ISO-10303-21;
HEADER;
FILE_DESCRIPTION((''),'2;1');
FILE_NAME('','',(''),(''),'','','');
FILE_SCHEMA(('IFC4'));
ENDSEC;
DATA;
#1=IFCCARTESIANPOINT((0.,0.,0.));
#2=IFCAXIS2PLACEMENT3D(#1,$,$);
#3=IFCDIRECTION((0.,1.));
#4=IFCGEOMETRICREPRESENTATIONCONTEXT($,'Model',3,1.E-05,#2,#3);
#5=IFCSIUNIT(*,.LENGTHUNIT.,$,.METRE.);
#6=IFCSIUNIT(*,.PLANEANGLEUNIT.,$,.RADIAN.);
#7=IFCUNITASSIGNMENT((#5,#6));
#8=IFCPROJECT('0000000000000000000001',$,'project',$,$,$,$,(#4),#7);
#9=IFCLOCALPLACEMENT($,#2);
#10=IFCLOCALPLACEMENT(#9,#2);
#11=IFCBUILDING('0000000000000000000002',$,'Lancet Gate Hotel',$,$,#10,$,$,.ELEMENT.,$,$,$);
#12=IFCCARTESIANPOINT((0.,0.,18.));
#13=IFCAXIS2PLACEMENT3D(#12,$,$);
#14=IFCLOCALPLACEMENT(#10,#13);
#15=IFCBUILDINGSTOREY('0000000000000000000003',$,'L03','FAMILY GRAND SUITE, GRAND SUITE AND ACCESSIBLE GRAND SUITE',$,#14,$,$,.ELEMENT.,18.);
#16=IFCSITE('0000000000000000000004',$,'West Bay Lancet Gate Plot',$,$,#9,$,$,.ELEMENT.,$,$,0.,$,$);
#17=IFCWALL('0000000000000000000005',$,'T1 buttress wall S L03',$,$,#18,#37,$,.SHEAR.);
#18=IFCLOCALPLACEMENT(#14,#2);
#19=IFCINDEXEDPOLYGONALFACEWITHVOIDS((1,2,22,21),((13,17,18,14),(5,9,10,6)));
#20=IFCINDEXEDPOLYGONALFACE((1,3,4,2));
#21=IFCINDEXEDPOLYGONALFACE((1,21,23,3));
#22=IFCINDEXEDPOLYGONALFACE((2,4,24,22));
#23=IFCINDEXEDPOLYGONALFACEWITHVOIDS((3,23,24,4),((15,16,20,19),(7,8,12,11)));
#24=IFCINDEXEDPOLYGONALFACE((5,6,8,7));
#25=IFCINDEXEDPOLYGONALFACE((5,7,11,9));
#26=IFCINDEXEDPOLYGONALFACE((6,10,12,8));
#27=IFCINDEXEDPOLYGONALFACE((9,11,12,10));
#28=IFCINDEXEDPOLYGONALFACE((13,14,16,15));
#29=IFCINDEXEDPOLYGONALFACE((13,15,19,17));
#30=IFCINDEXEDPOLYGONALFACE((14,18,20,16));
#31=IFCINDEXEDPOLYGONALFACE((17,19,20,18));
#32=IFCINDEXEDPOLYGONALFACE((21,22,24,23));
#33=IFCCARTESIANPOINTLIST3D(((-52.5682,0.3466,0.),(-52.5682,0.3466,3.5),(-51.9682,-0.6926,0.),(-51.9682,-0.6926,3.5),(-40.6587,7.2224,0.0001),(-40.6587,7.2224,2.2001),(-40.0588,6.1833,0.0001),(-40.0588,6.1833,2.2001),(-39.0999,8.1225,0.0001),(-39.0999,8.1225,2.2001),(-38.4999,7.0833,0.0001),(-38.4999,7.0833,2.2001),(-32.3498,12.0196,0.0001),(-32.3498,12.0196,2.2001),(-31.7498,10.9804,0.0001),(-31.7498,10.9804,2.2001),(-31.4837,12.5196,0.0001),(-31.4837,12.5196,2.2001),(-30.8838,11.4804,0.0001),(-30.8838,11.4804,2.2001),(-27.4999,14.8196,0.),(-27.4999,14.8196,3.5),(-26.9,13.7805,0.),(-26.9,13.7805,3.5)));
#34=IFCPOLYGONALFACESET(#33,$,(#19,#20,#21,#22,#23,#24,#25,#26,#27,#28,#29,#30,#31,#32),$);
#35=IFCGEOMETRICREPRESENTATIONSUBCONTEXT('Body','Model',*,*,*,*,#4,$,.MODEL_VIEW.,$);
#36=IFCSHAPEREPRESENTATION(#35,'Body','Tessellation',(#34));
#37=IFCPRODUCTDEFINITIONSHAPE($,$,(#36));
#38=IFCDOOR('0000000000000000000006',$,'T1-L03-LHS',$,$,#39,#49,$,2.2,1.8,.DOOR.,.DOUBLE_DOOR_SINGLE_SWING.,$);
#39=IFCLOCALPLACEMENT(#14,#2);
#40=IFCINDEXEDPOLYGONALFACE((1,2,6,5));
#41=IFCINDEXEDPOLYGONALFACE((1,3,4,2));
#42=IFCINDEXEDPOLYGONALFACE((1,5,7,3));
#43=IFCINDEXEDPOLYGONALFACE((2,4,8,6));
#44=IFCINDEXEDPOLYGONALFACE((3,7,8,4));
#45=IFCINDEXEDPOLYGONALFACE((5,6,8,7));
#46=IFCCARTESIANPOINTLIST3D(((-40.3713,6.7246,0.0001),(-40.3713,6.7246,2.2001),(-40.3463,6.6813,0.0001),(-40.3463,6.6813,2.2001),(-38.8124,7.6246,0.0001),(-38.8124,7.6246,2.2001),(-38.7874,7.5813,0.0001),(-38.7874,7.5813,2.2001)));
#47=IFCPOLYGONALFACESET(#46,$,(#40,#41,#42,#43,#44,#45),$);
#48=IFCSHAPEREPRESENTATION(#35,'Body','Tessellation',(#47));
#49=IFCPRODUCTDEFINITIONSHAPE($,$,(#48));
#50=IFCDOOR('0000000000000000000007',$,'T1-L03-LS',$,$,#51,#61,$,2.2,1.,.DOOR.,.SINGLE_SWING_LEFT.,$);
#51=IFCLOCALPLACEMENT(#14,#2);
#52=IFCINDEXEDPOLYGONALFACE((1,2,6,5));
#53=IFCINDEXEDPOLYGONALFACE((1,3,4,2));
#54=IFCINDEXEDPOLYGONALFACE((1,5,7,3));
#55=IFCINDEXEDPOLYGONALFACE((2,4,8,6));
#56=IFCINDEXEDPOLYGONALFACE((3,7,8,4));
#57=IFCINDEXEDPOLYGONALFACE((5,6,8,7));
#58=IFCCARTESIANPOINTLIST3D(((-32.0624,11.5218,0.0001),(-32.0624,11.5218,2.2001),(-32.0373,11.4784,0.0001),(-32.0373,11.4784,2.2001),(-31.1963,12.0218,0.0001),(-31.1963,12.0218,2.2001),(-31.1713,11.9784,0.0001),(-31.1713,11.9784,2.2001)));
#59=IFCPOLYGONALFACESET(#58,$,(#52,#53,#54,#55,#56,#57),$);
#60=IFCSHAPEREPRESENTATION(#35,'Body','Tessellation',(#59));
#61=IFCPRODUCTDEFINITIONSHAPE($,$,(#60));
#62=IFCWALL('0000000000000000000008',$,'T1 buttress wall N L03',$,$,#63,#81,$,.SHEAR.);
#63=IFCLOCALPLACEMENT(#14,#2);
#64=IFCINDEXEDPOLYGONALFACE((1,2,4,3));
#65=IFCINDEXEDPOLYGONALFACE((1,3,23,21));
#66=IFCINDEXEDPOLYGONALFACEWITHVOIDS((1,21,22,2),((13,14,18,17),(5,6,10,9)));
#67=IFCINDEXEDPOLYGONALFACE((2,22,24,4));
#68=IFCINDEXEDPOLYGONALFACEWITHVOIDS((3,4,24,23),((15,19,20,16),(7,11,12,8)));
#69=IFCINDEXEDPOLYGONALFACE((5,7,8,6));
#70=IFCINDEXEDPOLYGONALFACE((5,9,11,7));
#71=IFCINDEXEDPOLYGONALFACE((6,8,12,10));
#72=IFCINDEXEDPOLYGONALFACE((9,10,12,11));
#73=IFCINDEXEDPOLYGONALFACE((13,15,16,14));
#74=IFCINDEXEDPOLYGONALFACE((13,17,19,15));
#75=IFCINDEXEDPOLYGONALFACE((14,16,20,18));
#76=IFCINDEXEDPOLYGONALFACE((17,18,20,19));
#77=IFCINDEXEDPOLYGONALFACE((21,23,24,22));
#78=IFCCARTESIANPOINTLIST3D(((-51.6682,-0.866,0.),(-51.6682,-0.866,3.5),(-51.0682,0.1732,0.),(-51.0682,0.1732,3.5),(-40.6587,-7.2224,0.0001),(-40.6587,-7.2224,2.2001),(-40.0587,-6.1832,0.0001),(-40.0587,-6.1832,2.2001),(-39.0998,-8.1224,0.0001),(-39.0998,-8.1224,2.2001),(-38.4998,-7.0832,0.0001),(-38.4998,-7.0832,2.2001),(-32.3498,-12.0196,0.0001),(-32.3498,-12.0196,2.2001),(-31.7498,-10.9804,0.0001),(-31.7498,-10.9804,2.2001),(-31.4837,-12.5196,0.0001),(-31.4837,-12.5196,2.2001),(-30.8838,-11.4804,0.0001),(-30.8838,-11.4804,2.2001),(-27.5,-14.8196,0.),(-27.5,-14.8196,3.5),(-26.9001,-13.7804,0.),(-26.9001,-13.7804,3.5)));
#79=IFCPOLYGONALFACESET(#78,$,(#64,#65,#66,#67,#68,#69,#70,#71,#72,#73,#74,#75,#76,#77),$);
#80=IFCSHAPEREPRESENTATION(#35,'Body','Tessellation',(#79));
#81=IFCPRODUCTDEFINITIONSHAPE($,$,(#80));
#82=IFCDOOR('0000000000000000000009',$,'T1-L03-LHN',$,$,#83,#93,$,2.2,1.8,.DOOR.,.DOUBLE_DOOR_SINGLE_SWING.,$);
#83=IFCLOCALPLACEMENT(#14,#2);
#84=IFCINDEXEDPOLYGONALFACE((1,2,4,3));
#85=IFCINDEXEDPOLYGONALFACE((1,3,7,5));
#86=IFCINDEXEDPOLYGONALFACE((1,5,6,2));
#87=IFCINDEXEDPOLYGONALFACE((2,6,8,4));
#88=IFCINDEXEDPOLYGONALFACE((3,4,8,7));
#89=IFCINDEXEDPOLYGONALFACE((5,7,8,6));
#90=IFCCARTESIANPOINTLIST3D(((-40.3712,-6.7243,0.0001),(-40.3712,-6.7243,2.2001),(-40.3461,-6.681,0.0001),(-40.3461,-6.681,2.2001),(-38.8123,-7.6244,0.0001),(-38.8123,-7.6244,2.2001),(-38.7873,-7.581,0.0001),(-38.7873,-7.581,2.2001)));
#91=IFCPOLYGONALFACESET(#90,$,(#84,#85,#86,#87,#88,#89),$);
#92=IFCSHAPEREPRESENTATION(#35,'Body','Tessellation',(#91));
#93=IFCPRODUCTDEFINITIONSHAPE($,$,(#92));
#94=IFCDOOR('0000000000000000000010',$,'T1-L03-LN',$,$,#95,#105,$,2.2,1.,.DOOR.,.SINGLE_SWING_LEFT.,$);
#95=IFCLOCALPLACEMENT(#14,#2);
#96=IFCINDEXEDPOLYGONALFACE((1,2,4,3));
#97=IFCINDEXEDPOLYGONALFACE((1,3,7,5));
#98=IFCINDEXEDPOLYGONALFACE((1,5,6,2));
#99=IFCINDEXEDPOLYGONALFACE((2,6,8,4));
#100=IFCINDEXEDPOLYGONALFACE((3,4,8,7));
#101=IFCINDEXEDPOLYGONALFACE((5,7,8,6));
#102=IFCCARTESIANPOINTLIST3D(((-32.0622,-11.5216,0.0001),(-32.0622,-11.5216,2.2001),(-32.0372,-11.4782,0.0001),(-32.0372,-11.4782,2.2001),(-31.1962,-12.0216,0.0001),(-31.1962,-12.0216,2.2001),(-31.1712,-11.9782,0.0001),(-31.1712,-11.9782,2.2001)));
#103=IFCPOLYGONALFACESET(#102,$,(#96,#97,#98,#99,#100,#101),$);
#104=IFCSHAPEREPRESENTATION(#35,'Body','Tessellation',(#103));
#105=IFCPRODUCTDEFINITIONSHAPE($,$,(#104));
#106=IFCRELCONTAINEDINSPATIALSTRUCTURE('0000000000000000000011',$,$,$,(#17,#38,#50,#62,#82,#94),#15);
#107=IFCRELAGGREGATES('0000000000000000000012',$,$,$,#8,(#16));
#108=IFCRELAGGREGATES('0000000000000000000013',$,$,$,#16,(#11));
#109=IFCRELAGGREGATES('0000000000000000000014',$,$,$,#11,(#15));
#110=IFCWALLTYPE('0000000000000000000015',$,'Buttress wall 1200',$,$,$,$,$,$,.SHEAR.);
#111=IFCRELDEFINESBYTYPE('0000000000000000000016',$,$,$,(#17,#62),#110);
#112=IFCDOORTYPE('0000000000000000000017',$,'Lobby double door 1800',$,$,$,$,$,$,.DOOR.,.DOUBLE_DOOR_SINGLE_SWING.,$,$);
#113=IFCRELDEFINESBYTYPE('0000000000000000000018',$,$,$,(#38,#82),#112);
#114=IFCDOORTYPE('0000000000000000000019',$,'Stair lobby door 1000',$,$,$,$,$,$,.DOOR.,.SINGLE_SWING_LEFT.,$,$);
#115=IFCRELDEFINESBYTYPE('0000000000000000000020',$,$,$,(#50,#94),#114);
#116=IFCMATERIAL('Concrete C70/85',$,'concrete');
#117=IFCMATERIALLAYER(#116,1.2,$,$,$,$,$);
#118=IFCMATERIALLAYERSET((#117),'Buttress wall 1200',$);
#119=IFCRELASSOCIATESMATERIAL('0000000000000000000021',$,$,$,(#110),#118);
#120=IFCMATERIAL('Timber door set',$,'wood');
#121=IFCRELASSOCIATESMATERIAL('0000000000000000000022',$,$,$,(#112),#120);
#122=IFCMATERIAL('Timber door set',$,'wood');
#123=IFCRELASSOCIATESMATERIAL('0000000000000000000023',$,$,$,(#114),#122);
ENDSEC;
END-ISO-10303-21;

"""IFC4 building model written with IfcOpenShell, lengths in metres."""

from ifc_helpers import new_model, si_unit, direction, frame, frame_2d, origin, place, context, subcontext, project, spatial, rectangle, extrude, material, layer, layer_set, type_object, element, fill, save


model = new_model("IFC4")

# Units and contexts
model_context = context("Model", 3, precision=1e-05, world=origin(), true_north=direction((0.0, 1.0)))
body_context = subcontext(model_context, "Body", "Model", "MODEL_VIEW")
ifc_project = project(units=[si_unit("LENGTHUNIT", "METRE"), si_unit("PLANEANGLEUNIT", "RADIAN")], contexts=[model_context])

# Site, building, storey
site_placement = place(None, origin())
site = spatial("IfcSite", under=ifc_project, at=site_placement, Name="West Bay Lancet Gate Plot", CompositionType="ELEMENT", RefElevation=0.0)
building_placement = place(site_placement, origin())
building = spatial("IfcBuilding", under=site, at=building_placement, Name="Lancet Gate Hotel", CompositionType="ELEMENT")
storey_placement = place(building_placement, frame((0.0, 0.0, 18.0)))
storey = spatial("IfcBuildingStorey", under=building, at=storey_placement, Name="L03", Description="FAMILY GRAND SUITE, GRAND SUITE AND ACCESSIBLE GRAND SUITE", CompositionType="ELEMENT", Elevation=18.0)

# Walls, openings, doors
ifc_material_1 = material(Name="Concrete C70/85", Category="concrete")
ifc_layer_1 = layer(ifc_material_1, 1.2)
ifc_layer_set_1 = layer_set([ifc_layer_1], Name="Buttress wall 1200")
wall_type = type_object("IfcWallType", Name="Buttress wall 1200", PredefinedType="SHEAR", material=ifc_layer_set_1)
wall_1_placement = place(storey_placement, frame((-27.2, 14.3, 0.0), z_axis=(0.0, 0.0, 1.0), x_axis=(-0.866027, -0.499998, 0.0)))
wall_1 = element("IfcWall", 1, at=wall_1_placement, inside=storey, type_object=wall_type, Name="T1 buttress wall S L03", PredefinedType="SHEAR", context=body_context, shape_type="SweptSolid", body=[
    extrude(rectangle(XDim=28.9463, YDim=1.2, at=frame_2d((14.4731, 0.0))), origin(), (0.0, 0.0, 1.0), 3.5),
])
opening_1_placement = place(wall_1_placement, frame((4.6001, 0.0, 0.0)))
opening_1 = element("IfcOpeningElement", 2, at=opening_1_placement, cuts=wall_1, PredefinedType="OPENING", context=body_context, shape_type="SweptSolid", body=[
    extrude(rectangle(XDim=1.0, YDim=2.2, at=frame_2d((0.5, 1.1001))), frame((0.0, 0.6099, 0.0), z_axis=(0.0, -1.0, 0.0), x_axis=(1.0, 0.0, 0.0)), (0.0, 0.0, 1.0), 1.22),
])
opening_2_placement = place(wall_1_placement, frame((13.3945, 0.0, 0.0)))
opening_2 = element("IfcOpeningElement", 3, at=opening_2_placement, cuts=wall_1, PredefinedType="OPENING", context=body_context, shape_type="SweptSolid", body=[
    extrude(rectangle(XDim=1.8, YDim=2.2, at=frame_2d((0.8999, 1.1001))), frame((0.0, 0.6099, 0.0), z_axis=(0.0, -1.0, 0.0), x_axis=(1.0, 0.0, 0.0)), (0.0, 0.0, 1.0), 1.22),
])
ifc_material_2 = material(Name="Timber door set", Category="wood")
door_type_1 = type_object("IfcDoorType", Name="Lobby double door 1800", OperationType="DOUBLE_DOOR_SINGLE_SWING", PredefinedType="DOOR", material=ifc_material_2)
door_1_placement = place(opening_2_placement, origin())
door_1 = element("IfcDoor", 4, at=door_1_placement, inside=storey, type_object=door_type_1, Name="T1-L03-LHS", OperationType="DOUBLE_DOOR_SINGLE_SWING", OverallHeight=2.2, OverallWidth=1.8, PredefinedType="DOOR", context=body_context, shape_type="SweptSolid", body=[
    extrude(rectangle(XDim=1.8, YDim=2.2, at=frame_2d((0.8999, 1.1001))), frame((0.0, 0.0249, 0.0), z_axis=(0.0, -1.0, 0.0), x_axis=(1.0, 0.0, 0.0)), (0.0, 0.0, 1.0), 0.05),
])
fill(opening_2, door_1)
ifc_material_3 = material(Name="Timber door set", Category="wood")
door_type_2 = type_object("IfcDoorType", Name="Stair lobby door 1000", OperationType="SINGLE_SWING_LEFT", PredefinedType="DOOR", material=ifc_material_3)
door_2_placement = place(opening_1_placement, origin())
door_2 = element("IfcDoor", 5, at=door_2_placement, inside=storey, type_object=door_type_2, Name="T1-L03-LS", OperationType="SINGLE_SWING_LEFT", OverallHeight=2.2, OverallWidth=1.0, PredefinedType="DOOR", context=body_context, shape_type="SweptSolid", body=[
    extrude(rectangle(XDim=1.0, YDim=2.2, at=frame_2d((0.5, 1.1001))), frame((0.0, 0.0249, 0.0), z_axis=(0.0, -1.0, 0.0), x_axis=(1.0, 0.0, 0.0)), (0.0, 0.0, 1.0), 0.05),
])
fill(opening_1, door_2)
wall_2_placement = place(storey_placement, frame((-27.2, -14.3, 0.0), z_axis=(0.0, 0.0, 1.0), x_axis=(-0.866024, 0.500002, 0.0)))
wall_2 = element("IfcWall", 6, at=wall_2_placement, inside=storey, type_object=wall_type, Name="T1 buttress wall N L03", PredefinedType="SHEAR", context=body_context, shape_type="SweptSolid", body=[
    extrude(rectangle(XDim=27.907, YDim=1.2, at=frame_2d((13.9536, 0.0))), origin(), (0.0, 0.0, 1.0), 3.5),
])
opening_3_placement = place(wall_2_placement, frame((4.6001, 0.0, 0.0)))
opening_3 = element("IfcOpeningElement", 7, at=opening_3_placement, cuts=wall_2, PredefinedType="OPENING", context=body_context, shape_type="SweptSolid", body=[
    extrude(rectangle(XDim=1.0, YDim=2.2, at=frame_2d((0.5, 1.1001))), frame((0.0, 0.6099, 0.0), z_axis=(0.0, -1.0, 0.0), x_axis=(1.0, 0.0, 0.0)), (0.0, 0.0, 1.0), 1.22),
])
opening_4_placement = place(wall_2_placement, frame((13.3945, 0.0, 0.0)))
opening_4 = element("IfcOpeningElement", 8, at=opening_4_placement, cuts=wall_2, PredefinedType="OPENING", context=body_context, shape_type="SweptSolid", body=[
    extrude(rectangle(XDim=1.8, YDim=2.2, at=frame_2d((0.8999, 1.1001))), frame((0.0, 0.6099, 0.0), z_axis=(0.0, -1.0, 0.0), x_axis=(1.0, 0.0, 0.0)), (0.0, 0.0, 1.0), 1.22),
])
door_3_placement = place(opening_4_placement, origin())
door_3 = element("IfcDoor", 9, at=door_3_placement, inside=storey, type_object=door_type_1, Name="T1-L03-LHN", OperationType="DOUBLE_DOOR_SINGLE_SWING", OverallHeight=2.2, OverallWidth=1.8, PredefinedType="DOOR", context=body_context, shape_type="SweptSolid", body=[
    extrude(rectangle(XDim=1.8, YDim=2.2, at=frame_2d((0.8999, 1.1001))), frame((0.0, 0.0249, 0.0), z_axis=(0.0, -1.0, 0.0), x_axis=(1.0, 0.0, 0.0)), (0.0, 0.0, 1.0), 0.05),
])
fill(opening_4, door_3)
door_4_placement = place(opening_3_placement, origin())
door_4 = element("IfcDoor", 10, at=door_4_placement, inside=storey, type_object=door_type_2, Name="T1-L03-LN", OperationType="SINGLE_SWING_LEFT", OverallHeight=2.2, OverallWidth=1.0, PredefinedType="DOOR", context=body_context, shape_type="SweptSolid", body=[
    extrude(rectangle(XDim=1.0, YDim=2.2, at=frame_2d((0.5, 1.1001))), frame((0.0, 0.0249, 0.0), z_axis=(0.0, -1.0, 0.0), x_axis=(1.0, 0.0, 0.0)), (0.0, 0.0, 1.0), 0.05),
])
fill(opening_3, door_4)

save(model, "model.ifc")
